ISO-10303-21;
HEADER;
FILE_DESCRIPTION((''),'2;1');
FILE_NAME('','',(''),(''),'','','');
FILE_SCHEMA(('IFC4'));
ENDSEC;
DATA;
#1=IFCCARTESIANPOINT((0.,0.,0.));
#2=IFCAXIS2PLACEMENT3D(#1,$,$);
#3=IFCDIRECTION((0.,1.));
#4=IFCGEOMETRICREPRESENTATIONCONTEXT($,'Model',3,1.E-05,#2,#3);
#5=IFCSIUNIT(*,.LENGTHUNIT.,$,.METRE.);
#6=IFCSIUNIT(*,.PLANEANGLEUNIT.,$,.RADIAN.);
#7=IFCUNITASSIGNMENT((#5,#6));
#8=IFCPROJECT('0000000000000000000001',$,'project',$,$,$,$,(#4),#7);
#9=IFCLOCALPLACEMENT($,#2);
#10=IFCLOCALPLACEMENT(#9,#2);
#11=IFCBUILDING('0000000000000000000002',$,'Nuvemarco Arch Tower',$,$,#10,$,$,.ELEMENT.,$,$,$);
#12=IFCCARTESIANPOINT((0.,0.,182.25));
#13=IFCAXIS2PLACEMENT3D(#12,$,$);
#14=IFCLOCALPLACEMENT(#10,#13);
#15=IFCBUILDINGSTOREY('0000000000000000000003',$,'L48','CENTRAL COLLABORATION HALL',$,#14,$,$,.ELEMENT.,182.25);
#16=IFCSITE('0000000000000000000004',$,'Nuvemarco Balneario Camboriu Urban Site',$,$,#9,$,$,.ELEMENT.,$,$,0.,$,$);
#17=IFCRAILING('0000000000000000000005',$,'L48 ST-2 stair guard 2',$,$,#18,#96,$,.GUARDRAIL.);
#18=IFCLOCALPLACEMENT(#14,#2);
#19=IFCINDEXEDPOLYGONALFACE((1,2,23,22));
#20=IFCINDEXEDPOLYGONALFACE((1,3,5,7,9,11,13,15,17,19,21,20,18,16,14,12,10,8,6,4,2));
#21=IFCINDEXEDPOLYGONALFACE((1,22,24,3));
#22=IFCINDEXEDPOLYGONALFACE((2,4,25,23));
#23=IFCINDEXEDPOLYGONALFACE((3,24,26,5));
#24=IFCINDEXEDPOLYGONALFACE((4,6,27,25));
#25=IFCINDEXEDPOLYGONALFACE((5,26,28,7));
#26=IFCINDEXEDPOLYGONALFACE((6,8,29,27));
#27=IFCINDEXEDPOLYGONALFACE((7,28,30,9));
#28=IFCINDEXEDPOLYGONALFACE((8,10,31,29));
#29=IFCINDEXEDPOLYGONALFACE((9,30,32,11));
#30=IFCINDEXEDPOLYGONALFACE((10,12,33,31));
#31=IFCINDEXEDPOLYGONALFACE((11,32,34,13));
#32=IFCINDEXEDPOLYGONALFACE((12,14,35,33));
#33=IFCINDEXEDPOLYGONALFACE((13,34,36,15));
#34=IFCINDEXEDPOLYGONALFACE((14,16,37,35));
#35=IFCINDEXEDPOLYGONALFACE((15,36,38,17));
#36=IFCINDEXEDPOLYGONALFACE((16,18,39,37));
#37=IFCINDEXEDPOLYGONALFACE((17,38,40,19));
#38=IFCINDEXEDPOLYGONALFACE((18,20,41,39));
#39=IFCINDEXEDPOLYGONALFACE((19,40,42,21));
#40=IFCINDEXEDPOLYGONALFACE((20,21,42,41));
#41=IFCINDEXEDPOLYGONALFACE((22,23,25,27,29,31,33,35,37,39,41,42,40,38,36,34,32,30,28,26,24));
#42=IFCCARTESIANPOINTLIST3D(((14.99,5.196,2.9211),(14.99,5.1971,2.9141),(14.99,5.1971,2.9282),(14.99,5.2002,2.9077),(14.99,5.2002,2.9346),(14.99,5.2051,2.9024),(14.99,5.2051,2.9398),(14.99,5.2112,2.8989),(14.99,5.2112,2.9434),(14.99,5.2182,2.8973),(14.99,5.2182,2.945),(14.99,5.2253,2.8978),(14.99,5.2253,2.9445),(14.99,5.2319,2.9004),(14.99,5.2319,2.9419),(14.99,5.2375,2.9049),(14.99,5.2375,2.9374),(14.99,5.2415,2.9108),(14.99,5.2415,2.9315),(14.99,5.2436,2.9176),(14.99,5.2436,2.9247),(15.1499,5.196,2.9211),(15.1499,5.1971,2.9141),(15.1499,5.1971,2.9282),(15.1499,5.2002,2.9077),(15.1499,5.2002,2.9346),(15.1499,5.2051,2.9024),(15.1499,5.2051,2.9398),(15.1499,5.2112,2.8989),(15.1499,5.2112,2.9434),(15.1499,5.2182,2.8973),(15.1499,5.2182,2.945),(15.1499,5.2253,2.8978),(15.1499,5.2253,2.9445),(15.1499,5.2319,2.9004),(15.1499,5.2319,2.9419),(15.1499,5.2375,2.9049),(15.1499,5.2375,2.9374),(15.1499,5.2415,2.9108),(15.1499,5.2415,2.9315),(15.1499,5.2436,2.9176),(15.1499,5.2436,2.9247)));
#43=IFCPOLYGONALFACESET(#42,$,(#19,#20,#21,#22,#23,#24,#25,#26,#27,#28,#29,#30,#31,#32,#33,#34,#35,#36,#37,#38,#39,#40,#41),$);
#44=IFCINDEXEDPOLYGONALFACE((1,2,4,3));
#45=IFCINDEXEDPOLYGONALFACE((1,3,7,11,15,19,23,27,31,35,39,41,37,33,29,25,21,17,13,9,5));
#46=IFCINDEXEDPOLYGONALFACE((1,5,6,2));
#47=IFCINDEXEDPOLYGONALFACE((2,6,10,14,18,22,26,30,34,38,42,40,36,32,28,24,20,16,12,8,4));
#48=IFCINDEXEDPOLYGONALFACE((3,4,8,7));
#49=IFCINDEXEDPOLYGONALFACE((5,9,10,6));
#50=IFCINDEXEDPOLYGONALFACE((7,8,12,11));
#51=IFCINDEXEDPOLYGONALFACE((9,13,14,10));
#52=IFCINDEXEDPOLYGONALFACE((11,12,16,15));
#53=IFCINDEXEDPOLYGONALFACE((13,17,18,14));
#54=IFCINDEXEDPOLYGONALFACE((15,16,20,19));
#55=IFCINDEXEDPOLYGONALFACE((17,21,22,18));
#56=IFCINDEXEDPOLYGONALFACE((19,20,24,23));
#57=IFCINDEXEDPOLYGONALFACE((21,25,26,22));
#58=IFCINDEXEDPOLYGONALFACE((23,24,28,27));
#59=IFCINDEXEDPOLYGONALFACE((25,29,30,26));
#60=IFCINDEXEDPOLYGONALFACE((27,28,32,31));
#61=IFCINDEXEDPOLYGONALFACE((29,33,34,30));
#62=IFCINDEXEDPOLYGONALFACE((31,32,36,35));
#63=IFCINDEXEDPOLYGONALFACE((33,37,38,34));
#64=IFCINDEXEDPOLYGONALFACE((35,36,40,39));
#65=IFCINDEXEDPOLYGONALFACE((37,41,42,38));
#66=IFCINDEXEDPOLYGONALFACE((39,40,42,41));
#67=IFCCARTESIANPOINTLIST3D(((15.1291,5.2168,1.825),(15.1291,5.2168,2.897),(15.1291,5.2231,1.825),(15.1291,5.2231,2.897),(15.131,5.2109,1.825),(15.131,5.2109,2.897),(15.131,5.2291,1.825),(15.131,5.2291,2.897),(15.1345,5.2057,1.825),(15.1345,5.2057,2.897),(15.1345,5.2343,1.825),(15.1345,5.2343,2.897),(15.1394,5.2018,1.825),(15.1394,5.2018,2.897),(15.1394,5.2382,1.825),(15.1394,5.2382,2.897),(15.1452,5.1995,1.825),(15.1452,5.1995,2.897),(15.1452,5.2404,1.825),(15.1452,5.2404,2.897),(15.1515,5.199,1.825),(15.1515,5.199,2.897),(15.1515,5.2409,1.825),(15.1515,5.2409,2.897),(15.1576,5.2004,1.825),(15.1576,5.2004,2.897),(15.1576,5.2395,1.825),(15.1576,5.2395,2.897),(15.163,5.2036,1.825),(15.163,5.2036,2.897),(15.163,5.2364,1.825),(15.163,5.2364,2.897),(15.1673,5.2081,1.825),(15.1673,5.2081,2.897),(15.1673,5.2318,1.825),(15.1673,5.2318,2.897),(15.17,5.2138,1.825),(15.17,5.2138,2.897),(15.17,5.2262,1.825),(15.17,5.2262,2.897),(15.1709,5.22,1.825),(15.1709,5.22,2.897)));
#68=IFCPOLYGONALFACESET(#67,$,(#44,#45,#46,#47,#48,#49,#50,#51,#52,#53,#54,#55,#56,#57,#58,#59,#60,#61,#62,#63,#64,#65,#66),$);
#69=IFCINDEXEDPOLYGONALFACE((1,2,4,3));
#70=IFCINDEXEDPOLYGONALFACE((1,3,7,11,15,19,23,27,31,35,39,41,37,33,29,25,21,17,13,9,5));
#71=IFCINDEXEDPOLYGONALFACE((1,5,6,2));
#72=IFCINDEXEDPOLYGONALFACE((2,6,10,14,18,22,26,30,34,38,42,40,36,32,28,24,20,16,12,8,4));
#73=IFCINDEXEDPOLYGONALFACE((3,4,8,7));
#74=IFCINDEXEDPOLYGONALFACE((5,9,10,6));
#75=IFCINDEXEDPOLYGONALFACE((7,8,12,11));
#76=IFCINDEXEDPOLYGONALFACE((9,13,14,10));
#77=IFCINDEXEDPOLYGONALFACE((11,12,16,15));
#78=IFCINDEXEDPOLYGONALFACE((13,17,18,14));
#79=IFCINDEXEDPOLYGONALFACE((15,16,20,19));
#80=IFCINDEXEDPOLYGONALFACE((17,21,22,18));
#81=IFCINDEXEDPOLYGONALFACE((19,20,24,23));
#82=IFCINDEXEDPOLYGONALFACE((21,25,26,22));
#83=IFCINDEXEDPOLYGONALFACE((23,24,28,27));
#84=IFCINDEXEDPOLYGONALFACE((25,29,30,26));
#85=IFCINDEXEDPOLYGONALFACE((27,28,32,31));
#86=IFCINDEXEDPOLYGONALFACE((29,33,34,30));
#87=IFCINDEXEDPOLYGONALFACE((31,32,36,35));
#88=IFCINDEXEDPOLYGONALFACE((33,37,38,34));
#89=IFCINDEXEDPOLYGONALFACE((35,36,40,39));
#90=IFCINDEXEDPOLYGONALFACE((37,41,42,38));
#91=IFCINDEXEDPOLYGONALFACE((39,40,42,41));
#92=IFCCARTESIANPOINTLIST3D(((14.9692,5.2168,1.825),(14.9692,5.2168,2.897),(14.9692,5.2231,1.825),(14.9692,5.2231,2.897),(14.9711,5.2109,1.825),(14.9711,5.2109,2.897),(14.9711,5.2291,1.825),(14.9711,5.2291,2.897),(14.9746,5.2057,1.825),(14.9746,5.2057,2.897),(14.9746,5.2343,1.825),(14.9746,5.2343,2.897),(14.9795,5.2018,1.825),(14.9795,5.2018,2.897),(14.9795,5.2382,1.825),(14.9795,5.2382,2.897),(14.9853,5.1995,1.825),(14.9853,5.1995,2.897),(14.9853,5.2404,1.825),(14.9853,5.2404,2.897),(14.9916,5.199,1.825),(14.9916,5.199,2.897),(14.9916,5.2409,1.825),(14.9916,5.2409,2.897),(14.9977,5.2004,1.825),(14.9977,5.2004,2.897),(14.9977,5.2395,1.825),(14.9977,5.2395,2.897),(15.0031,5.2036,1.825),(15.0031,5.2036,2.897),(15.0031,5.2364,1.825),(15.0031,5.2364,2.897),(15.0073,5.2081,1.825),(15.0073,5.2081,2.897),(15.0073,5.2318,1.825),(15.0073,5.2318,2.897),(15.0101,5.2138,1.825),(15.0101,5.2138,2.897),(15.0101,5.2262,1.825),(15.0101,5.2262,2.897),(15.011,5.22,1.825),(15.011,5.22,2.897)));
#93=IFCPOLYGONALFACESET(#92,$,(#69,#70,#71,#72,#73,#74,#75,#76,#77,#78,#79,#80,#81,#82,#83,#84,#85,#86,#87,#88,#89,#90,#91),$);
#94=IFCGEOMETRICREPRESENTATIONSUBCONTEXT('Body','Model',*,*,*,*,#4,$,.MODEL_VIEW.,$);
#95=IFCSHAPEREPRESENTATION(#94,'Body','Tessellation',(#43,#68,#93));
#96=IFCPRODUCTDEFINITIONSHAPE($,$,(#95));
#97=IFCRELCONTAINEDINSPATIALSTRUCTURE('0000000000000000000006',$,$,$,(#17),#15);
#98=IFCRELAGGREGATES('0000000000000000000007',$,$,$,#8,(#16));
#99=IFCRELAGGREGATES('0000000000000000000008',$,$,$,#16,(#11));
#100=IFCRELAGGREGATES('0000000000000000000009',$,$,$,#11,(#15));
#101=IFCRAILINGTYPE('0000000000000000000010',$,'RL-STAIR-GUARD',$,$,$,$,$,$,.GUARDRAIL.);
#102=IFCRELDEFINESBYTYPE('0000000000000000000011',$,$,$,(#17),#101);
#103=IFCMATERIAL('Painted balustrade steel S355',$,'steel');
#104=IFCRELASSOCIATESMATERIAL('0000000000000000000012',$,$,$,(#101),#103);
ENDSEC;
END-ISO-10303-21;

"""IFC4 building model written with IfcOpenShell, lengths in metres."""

from ifc_helpers import new_model, si_unit, direction, frame, origin, origin_2d, place, context, subcontext, project, spatial, circle, extrude, material, type_object, element, save


model = new_model("IFC4")

# Units and contexts
model_context = context("Model", 3, precision=1e-05, world=origin(), true_north=direction((0.0, 1.0)))
body_context = subcontext(model_context, "Body", "Model", "MODEL_VIEW")
ifc_project = project(units=[si_unit("LENGTHUNIT", "METRE"), si_unit("PLANEANGLEUNIT", "RADIAN")], contexts=[model_context])

# Site, building, storey
site_placement = place(None, origin())
site = spatial("IfcSite", under=ifc_project, at=site_placement, Name="Nuvemarco Balneario Camboriu Urban Site", CompositionType="ELEMENT", RefElevation=0.0)
building_placement = place(site_placement, origin())
building = spatial("IfcBuilding", under=site, at=building_placement, Name="Nuvemarco Arch Tower", CompositionType="ELEMENT")
storey_placement = place(building_placement, frame((0.0, 0.0, 182.25)))
storey = spatial("IfcBuildingStorey", under=building, at=storey_placement, Name="L48", Description="CENTRAL COLLABORATION HALL", CompositionType="ELEMENT", Elevation=182.25)

# Railing
ifc_material_1 = material(Name="Painted balustrade steel S355", Category="steel")
railing_type_1 = type_object("IfcRailingType", Name="RL-STAIR-GUARD", PredefinedType="GUARDRAIL", material=ifc_material_1)
railing_1_placement = place(storey_placement, frame((15.1499, 5.22, 1.825)))
element("IfcRailing", 1, at=railing_1_placement, inside=storey, type_object=railing_type_1, Name="L48 ST-2 stair guard 2", PredefinedType="GUARDRAIL", context=body_context, shape_type="SweptSolid", body=[
    extrude(circle(Radius=0.0239, at=origin_2d()), frame((0.0, 0.0, 1.0962), z_axis=(-1.0, 0.0, 0.0), x_axis=(0.0, -1.0, 0.0)), (0.0, 0.0, 1.0), 0.1599),
    extrude(circle(Radius=0.021, at=origin_2d()), origin(), (0.0, 0.0, 1.0), 1.072),
    extrude(circle(Radius=0.021, at=origin_2d()), frame((-0.1599, 0.0, 0.0)), (0.0, 0.0, 1.0), 1.072),
])

save(model, "model.ifc")
